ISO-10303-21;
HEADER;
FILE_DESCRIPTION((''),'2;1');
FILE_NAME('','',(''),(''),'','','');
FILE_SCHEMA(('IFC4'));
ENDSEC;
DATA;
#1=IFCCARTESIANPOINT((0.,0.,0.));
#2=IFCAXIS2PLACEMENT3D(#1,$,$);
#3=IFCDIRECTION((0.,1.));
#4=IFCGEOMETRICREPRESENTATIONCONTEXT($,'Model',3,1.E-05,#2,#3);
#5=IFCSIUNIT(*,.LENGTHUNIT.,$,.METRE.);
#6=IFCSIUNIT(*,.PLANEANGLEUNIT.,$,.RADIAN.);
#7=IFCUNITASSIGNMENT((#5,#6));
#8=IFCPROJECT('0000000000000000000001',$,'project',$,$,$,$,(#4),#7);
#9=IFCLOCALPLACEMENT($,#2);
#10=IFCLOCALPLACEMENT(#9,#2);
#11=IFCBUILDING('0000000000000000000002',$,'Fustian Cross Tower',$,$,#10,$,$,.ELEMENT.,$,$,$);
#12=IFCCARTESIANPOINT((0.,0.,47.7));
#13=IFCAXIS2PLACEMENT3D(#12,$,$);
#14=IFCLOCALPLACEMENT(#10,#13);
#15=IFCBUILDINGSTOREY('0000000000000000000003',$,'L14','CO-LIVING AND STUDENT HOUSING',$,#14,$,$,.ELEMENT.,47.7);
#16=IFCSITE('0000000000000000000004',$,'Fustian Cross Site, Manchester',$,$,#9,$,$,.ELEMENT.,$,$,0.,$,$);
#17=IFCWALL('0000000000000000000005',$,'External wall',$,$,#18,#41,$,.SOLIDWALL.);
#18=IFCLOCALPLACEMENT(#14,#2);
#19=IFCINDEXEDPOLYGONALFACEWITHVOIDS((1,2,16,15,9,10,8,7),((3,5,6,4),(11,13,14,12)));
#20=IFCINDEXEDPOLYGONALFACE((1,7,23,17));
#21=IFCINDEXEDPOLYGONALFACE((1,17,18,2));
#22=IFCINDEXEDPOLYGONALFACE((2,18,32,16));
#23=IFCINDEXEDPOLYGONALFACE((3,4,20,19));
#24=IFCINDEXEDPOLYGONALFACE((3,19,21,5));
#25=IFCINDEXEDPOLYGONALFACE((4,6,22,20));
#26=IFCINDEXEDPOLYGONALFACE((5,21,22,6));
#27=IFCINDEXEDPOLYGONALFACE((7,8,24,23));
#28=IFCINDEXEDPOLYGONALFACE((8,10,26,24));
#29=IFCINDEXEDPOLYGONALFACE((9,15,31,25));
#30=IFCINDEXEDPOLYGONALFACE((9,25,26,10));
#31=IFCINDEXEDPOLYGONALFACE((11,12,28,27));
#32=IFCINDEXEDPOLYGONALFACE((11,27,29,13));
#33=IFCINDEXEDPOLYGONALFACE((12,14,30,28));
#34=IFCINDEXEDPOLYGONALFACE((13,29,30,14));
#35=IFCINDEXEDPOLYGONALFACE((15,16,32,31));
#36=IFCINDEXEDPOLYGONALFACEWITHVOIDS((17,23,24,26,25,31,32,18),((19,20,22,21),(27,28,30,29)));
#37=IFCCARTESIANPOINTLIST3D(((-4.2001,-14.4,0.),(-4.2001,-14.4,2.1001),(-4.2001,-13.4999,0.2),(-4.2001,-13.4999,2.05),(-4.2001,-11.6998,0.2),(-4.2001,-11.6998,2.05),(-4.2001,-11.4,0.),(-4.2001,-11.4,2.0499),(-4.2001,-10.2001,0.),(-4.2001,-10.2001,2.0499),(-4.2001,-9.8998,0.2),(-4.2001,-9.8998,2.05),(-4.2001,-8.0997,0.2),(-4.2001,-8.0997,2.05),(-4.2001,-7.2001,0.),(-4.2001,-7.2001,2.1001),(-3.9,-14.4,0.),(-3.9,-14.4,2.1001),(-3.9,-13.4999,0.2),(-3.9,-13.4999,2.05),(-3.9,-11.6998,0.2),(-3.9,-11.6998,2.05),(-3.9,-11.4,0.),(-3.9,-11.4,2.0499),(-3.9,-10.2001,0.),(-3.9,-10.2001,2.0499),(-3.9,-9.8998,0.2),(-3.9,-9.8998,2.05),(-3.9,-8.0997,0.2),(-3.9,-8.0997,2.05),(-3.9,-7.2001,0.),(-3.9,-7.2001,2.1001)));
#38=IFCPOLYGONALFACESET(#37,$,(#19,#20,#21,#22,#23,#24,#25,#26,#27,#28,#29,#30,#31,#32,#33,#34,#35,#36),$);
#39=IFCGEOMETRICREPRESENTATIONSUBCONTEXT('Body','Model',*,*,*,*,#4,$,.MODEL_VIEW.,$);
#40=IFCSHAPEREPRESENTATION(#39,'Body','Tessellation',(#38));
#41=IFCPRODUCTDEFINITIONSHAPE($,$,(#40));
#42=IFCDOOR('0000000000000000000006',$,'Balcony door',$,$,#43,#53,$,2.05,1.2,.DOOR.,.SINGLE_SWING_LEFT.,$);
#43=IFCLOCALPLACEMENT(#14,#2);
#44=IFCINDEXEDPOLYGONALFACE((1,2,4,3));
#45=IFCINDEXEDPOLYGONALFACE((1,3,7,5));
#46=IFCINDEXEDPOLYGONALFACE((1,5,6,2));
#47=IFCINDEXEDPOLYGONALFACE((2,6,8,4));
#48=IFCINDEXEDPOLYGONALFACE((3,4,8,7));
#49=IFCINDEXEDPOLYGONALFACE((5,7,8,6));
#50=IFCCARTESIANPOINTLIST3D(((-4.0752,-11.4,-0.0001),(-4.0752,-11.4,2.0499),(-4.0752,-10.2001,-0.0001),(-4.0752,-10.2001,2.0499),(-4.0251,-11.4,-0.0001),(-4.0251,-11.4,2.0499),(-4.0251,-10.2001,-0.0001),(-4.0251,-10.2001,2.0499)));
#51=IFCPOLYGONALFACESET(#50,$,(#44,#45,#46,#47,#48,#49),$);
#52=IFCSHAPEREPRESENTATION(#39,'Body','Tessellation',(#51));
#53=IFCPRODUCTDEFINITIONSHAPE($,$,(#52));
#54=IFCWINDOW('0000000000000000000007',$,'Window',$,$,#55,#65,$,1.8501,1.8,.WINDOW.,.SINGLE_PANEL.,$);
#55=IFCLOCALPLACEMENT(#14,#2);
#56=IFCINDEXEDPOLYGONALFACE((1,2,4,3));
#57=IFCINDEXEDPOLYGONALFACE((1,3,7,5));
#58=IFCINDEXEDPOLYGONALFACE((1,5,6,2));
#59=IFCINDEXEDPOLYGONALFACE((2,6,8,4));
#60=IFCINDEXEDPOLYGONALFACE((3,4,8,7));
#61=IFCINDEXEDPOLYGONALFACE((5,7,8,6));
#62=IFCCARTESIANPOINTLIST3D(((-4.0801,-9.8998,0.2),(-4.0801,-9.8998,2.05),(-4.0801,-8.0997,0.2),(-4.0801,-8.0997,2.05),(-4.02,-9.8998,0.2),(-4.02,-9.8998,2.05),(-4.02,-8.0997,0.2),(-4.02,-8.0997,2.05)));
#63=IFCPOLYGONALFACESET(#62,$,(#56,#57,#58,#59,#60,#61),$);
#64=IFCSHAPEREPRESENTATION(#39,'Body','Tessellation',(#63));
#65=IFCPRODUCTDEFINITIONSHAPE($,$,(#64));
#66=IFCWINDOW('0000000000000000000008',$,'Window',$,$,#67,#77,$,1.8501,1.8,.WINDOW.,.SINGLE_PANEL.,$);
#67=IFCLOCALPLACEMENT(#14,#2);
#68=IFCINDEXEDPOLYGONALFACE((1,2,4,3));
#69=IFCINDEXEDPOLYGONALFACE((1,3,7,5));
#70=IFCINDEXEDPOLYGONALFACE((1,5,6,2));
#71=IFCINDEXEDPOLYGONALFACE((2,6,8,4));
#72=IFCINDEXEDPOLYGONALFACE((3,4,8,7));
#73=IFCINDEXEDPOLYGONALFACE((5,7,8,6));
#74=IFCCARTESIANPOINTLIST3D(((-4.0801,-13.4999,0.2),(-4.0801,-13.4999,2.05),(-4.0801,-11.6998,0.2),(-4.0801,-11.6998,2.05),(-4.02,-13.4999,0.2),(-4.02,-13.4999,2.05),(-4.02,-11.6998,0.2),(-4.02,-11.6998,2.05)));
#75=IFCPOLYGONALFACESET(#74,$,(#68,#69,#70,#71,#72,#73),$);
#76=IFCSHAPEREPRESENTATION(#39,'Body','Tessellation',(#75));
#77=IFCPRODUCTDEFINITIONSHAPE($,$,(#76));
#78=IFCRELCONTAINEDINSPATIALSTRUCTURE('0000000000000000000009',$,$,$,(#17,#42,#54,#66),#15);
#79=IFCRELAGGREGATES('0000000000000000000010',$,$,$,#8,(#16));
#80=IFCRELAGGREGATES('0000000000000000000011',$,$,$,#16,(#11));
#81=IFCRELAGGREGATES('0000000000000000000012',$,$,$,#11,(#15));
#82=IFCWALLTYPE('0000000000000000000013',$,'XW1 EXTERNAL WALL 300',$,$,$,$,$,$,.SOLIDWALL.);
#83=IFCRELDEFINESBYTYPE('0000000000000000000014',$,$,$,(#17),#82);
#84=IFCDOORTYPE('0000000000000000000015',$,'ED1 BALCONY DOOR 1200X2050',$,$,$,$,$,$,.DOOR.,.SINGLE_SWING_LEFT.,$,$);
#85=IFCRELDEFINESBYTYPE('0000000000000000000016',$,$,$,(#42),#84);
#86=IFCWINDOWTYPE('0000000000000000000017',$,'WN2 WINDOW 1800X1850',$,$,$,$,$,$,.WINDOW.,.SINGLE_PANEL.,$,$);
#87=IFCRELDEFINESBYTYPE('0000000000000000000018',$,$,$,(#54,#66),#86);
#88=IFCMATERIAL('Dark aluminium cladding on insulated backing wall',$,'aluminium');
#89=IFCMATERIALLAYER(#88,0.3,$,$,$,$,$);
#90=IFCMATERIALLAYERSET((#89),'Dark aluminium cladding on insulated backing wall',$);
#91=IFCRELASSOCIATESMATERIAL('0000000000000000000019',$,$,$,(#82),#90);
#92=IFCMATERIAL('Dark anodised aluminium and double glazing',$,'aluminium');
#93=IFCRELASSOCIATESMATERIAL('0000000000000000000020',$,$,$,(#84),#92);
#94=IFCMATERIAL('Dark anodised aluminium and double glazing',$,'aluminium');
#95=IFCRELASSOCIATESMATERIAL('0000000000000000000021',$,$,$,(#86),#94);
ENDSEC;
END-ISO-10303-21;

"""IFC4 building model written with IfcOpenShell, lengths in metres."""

from ifc_helpers import new_model, si_unit, direction, frame, frame_2d, origin, place, context, subcontext, project, spatial, rectangle, extrude, material, layer, layer_set, type_object, element, fill, save


model = new_model("IFC4")

# Units and contexts
model_context = context("Model", 3, precision=1e-05, world=origin(), true_north=direction((0.0, 1.0)))
body_context = subcontext(model_context, "Body", "Model", "MODEL_VIEW")
ifc_project = project(units=[si_unit("LENGTHUNIT", "METRE"), si_unit("PLANEANGLEUNIT", "RADIAN")], contexts=[model_context])

# Site, building, storey
site_placement = place(None, origin())
site = spatial("IfcSite", under=ifc_project, at=site_placement, Name="Fustian Cross Site, Manchester", CompositionType="ELEMENT", RefElevation=0.0)
building_placement = place(site_placement, origin())
building = spatial("IfcBuilding", under=site, at=building_placement, Name="Fustian Cross Tower", CompositionType="ELEMENT")
storey_placement = place(building_placement, frame((0.0, 0.0, 47.7)))
storey = spatial("IfcBuildingStorey", under=building, at=storey_placement, Name="L14", Description="CO-LIVING AND STUDENT HOUSING", CompositionType="ELEMENT", Elevation=47.7)

# Shared definitions
ifc_material_1 = material(Name="Dark aluminium cladding on insulated backing wall", Category="aluminium")
ifc_layer_1 = layer(ifc_material_1, 0.3)
ifc_layer_set_1 = layer_set([ifc_layer_1], Name="Dark aluminium cladding on insulated backing wall")
wall_type_1 = type_object("IfcWallType", Name="XW1 EXTERNAL WALL 300", PredefinedType="SOLIDWALL", material=ifc_layer_set_1)

# Wall, openings, door, windows
wall_1_placement = place(storey_placement, frame((-4.05, -7.2, 0.0), z_axis=(0.0, 0.0, 1.0), x_axis=(0.0, -1.0, 0.0)))
wall_1 = element("IfcWall", 1, at=wall_1_placement, inside=storey, type_object=wall_type_1, Name="External wall", PredefinedType="SOLIDWALL", context=body_context, shape_type="SweptSolid", body=[
    extrude(rectangle(XDim=7.2, YDim=0.3, at=frame_2d((3.6001, 0.0))), origin(), (0.0, 0.0, 1.0), 2.1001),
])
opening_1_placement = place(wall_1_placement, frame((3.0, 0.0, 0.0)))
opening_1 = element("IfcOpeningElement", 2, at=opening_1_placement, cuts=wall_1, PredefinedType="OPENING", context=body_context, shape_type="SweptSolid", body=[
    extrude(rectangle(XDim=1.2, YDim=2.05, at=frame_2d((0.6001, 1.0249))), frame((0.0, 0.1599, 0.0), z_axis=(0.0, -1.0, 0.0), x_axis=(1.0, 0.0, 0.0)), (0.0, 0.0, 1.0), 0.3201),
])
opening_2_placement = place(wall_1_placement, frame((0.8999, 0.0, 0.2)))
opening_2 = element("IfcOpeningElement", 3, at=opening_2_placement, cuts=wall_1, PredefinedType="OPENING", context=body_context, shape_type="SweptSolid", body=[
    extrude(rectangle(XDim=1.8, YDim=1.8501, at=frame_2d((0.8999, 0.925))), frame((0.0, 0.1599, 0.0), z_axis=(0.0, -1.0, 0.0), x_axis=(1.0, 0.0, 0.0)), (0.0, 0.0, 1.0), 0.3201),
])
opening_3_placement = place(wall_1_placement, frame((4.5, 0.0, 0.2)))
opening_3 = element("IfcOpeningElement", 4, at=opening_3_placement, cuts=wall_1, PredefinedType="OPENING", context=body_context, shape_type="SweptSolid", body=[
    extrude(rectangle(XDim=1.8, YDim=1.8501, at=frame_2d((0.8999, 0.925))), frame((0.0, 0.1599, 0.0), z_axis=(0.0, -1.0, 0.0), x_axis=(1.0, 0.0, 0.0)), (0.0, 0.0, 1.0), 0.3201),
])
ifc_material_2 = material(Name="Dark anodised aluminium and double glazing", Category="aluminium")
door_type_1 = type_object("IfcDoorType", Name="ED1 BALCONY DOOR 1200X2050", OperationType="SINGLE_SWING_LEFT", PredefinedType="DOOR", material=ifc_material_2)
door_1_placement = place(opening_1_placement, origin())
door_1 = element("IfcDoor", 5, at=door_1_placement, inside=storey, type_object=door_type_1, Name="Balcony door", OperationType="SINGLE_SWING_LEFT", OverallHeight=2.05, OverallWidth=1.2, PredefinedType="DOOR", context=body_context, shape_type="SweptSolid", body=[
    extrude(rectangle(XDim=1.2, YDim=2.05, at=frame_2d((0.6001, 1.0249))), frame((0.0, 0.0249, 0.0), z_axis=(0.0, -1.0, 0.0), x_axis=(1.0, 0.0, 0.0)), (0.0, 0.0, 1.0), 0.05),
])
fill(opening_1, door_1)
ifc_material_3 = material(Name="Dark anodised aluminium and double glazing", Category="aluminium")
window_type = type_object("IfcWindowType", Name="WN2 WINDOW 1800X1850", PartitioningType="SINGLE_PANEL", PredefinedType="WINDOW", material=ifc_material_3)
window_1_placement = place(opening_2_placement, origin())
window_1 = element("IfcWindow", 6, at=window_1_placement, inside=storey, type_object=window_type, Name="Window", OverallHeight=1.8501, OverallWidth=1.8, PartitioningType="SINGLE_PANEL", PredefinedType="WINDOW", context=body_context, shape_type="SweptSolid", body=[
    extrude(rectangle(XDim=1.8, YDim=1.8501, at=frame_2d((0.8999, 0.925))), frame((0.0, 0.03, 0.0), z_axis=(0.0, -1.0, 0.0), x_axis=(1.0, 0.0, 0.0)), (0.0, 0.0, 1.0), 0.0601),
])
fill(opening_2, window_1)
window_2_placement = place(opening_3_placement, origin())
window_2 = element("IfcWindow", 7, at=window_2_placement, inside=storey, type_object=window_type, Name="Window", OverallHeight=1.8501, OverallWidth=1.8, PartitioningType="SINGLE_PANEL", PredefinedType="WINDOW", context=body_context, shape_type="SweptSolid", body=[
    extrude(rectangle(XDim=1.8, YDim=1.8501, at=frame_2d((0.8999, 0.925))), frame((0.0, 0.03, 0.0), z_axis=(0.0, -1.0, 0.0), x_axis=(1.0, 0.0, 0.0)), (0.0, 0.0, 1.0), 0.0601),
])
fill(opening_3, window_2)

save(model, "model.ifc")
